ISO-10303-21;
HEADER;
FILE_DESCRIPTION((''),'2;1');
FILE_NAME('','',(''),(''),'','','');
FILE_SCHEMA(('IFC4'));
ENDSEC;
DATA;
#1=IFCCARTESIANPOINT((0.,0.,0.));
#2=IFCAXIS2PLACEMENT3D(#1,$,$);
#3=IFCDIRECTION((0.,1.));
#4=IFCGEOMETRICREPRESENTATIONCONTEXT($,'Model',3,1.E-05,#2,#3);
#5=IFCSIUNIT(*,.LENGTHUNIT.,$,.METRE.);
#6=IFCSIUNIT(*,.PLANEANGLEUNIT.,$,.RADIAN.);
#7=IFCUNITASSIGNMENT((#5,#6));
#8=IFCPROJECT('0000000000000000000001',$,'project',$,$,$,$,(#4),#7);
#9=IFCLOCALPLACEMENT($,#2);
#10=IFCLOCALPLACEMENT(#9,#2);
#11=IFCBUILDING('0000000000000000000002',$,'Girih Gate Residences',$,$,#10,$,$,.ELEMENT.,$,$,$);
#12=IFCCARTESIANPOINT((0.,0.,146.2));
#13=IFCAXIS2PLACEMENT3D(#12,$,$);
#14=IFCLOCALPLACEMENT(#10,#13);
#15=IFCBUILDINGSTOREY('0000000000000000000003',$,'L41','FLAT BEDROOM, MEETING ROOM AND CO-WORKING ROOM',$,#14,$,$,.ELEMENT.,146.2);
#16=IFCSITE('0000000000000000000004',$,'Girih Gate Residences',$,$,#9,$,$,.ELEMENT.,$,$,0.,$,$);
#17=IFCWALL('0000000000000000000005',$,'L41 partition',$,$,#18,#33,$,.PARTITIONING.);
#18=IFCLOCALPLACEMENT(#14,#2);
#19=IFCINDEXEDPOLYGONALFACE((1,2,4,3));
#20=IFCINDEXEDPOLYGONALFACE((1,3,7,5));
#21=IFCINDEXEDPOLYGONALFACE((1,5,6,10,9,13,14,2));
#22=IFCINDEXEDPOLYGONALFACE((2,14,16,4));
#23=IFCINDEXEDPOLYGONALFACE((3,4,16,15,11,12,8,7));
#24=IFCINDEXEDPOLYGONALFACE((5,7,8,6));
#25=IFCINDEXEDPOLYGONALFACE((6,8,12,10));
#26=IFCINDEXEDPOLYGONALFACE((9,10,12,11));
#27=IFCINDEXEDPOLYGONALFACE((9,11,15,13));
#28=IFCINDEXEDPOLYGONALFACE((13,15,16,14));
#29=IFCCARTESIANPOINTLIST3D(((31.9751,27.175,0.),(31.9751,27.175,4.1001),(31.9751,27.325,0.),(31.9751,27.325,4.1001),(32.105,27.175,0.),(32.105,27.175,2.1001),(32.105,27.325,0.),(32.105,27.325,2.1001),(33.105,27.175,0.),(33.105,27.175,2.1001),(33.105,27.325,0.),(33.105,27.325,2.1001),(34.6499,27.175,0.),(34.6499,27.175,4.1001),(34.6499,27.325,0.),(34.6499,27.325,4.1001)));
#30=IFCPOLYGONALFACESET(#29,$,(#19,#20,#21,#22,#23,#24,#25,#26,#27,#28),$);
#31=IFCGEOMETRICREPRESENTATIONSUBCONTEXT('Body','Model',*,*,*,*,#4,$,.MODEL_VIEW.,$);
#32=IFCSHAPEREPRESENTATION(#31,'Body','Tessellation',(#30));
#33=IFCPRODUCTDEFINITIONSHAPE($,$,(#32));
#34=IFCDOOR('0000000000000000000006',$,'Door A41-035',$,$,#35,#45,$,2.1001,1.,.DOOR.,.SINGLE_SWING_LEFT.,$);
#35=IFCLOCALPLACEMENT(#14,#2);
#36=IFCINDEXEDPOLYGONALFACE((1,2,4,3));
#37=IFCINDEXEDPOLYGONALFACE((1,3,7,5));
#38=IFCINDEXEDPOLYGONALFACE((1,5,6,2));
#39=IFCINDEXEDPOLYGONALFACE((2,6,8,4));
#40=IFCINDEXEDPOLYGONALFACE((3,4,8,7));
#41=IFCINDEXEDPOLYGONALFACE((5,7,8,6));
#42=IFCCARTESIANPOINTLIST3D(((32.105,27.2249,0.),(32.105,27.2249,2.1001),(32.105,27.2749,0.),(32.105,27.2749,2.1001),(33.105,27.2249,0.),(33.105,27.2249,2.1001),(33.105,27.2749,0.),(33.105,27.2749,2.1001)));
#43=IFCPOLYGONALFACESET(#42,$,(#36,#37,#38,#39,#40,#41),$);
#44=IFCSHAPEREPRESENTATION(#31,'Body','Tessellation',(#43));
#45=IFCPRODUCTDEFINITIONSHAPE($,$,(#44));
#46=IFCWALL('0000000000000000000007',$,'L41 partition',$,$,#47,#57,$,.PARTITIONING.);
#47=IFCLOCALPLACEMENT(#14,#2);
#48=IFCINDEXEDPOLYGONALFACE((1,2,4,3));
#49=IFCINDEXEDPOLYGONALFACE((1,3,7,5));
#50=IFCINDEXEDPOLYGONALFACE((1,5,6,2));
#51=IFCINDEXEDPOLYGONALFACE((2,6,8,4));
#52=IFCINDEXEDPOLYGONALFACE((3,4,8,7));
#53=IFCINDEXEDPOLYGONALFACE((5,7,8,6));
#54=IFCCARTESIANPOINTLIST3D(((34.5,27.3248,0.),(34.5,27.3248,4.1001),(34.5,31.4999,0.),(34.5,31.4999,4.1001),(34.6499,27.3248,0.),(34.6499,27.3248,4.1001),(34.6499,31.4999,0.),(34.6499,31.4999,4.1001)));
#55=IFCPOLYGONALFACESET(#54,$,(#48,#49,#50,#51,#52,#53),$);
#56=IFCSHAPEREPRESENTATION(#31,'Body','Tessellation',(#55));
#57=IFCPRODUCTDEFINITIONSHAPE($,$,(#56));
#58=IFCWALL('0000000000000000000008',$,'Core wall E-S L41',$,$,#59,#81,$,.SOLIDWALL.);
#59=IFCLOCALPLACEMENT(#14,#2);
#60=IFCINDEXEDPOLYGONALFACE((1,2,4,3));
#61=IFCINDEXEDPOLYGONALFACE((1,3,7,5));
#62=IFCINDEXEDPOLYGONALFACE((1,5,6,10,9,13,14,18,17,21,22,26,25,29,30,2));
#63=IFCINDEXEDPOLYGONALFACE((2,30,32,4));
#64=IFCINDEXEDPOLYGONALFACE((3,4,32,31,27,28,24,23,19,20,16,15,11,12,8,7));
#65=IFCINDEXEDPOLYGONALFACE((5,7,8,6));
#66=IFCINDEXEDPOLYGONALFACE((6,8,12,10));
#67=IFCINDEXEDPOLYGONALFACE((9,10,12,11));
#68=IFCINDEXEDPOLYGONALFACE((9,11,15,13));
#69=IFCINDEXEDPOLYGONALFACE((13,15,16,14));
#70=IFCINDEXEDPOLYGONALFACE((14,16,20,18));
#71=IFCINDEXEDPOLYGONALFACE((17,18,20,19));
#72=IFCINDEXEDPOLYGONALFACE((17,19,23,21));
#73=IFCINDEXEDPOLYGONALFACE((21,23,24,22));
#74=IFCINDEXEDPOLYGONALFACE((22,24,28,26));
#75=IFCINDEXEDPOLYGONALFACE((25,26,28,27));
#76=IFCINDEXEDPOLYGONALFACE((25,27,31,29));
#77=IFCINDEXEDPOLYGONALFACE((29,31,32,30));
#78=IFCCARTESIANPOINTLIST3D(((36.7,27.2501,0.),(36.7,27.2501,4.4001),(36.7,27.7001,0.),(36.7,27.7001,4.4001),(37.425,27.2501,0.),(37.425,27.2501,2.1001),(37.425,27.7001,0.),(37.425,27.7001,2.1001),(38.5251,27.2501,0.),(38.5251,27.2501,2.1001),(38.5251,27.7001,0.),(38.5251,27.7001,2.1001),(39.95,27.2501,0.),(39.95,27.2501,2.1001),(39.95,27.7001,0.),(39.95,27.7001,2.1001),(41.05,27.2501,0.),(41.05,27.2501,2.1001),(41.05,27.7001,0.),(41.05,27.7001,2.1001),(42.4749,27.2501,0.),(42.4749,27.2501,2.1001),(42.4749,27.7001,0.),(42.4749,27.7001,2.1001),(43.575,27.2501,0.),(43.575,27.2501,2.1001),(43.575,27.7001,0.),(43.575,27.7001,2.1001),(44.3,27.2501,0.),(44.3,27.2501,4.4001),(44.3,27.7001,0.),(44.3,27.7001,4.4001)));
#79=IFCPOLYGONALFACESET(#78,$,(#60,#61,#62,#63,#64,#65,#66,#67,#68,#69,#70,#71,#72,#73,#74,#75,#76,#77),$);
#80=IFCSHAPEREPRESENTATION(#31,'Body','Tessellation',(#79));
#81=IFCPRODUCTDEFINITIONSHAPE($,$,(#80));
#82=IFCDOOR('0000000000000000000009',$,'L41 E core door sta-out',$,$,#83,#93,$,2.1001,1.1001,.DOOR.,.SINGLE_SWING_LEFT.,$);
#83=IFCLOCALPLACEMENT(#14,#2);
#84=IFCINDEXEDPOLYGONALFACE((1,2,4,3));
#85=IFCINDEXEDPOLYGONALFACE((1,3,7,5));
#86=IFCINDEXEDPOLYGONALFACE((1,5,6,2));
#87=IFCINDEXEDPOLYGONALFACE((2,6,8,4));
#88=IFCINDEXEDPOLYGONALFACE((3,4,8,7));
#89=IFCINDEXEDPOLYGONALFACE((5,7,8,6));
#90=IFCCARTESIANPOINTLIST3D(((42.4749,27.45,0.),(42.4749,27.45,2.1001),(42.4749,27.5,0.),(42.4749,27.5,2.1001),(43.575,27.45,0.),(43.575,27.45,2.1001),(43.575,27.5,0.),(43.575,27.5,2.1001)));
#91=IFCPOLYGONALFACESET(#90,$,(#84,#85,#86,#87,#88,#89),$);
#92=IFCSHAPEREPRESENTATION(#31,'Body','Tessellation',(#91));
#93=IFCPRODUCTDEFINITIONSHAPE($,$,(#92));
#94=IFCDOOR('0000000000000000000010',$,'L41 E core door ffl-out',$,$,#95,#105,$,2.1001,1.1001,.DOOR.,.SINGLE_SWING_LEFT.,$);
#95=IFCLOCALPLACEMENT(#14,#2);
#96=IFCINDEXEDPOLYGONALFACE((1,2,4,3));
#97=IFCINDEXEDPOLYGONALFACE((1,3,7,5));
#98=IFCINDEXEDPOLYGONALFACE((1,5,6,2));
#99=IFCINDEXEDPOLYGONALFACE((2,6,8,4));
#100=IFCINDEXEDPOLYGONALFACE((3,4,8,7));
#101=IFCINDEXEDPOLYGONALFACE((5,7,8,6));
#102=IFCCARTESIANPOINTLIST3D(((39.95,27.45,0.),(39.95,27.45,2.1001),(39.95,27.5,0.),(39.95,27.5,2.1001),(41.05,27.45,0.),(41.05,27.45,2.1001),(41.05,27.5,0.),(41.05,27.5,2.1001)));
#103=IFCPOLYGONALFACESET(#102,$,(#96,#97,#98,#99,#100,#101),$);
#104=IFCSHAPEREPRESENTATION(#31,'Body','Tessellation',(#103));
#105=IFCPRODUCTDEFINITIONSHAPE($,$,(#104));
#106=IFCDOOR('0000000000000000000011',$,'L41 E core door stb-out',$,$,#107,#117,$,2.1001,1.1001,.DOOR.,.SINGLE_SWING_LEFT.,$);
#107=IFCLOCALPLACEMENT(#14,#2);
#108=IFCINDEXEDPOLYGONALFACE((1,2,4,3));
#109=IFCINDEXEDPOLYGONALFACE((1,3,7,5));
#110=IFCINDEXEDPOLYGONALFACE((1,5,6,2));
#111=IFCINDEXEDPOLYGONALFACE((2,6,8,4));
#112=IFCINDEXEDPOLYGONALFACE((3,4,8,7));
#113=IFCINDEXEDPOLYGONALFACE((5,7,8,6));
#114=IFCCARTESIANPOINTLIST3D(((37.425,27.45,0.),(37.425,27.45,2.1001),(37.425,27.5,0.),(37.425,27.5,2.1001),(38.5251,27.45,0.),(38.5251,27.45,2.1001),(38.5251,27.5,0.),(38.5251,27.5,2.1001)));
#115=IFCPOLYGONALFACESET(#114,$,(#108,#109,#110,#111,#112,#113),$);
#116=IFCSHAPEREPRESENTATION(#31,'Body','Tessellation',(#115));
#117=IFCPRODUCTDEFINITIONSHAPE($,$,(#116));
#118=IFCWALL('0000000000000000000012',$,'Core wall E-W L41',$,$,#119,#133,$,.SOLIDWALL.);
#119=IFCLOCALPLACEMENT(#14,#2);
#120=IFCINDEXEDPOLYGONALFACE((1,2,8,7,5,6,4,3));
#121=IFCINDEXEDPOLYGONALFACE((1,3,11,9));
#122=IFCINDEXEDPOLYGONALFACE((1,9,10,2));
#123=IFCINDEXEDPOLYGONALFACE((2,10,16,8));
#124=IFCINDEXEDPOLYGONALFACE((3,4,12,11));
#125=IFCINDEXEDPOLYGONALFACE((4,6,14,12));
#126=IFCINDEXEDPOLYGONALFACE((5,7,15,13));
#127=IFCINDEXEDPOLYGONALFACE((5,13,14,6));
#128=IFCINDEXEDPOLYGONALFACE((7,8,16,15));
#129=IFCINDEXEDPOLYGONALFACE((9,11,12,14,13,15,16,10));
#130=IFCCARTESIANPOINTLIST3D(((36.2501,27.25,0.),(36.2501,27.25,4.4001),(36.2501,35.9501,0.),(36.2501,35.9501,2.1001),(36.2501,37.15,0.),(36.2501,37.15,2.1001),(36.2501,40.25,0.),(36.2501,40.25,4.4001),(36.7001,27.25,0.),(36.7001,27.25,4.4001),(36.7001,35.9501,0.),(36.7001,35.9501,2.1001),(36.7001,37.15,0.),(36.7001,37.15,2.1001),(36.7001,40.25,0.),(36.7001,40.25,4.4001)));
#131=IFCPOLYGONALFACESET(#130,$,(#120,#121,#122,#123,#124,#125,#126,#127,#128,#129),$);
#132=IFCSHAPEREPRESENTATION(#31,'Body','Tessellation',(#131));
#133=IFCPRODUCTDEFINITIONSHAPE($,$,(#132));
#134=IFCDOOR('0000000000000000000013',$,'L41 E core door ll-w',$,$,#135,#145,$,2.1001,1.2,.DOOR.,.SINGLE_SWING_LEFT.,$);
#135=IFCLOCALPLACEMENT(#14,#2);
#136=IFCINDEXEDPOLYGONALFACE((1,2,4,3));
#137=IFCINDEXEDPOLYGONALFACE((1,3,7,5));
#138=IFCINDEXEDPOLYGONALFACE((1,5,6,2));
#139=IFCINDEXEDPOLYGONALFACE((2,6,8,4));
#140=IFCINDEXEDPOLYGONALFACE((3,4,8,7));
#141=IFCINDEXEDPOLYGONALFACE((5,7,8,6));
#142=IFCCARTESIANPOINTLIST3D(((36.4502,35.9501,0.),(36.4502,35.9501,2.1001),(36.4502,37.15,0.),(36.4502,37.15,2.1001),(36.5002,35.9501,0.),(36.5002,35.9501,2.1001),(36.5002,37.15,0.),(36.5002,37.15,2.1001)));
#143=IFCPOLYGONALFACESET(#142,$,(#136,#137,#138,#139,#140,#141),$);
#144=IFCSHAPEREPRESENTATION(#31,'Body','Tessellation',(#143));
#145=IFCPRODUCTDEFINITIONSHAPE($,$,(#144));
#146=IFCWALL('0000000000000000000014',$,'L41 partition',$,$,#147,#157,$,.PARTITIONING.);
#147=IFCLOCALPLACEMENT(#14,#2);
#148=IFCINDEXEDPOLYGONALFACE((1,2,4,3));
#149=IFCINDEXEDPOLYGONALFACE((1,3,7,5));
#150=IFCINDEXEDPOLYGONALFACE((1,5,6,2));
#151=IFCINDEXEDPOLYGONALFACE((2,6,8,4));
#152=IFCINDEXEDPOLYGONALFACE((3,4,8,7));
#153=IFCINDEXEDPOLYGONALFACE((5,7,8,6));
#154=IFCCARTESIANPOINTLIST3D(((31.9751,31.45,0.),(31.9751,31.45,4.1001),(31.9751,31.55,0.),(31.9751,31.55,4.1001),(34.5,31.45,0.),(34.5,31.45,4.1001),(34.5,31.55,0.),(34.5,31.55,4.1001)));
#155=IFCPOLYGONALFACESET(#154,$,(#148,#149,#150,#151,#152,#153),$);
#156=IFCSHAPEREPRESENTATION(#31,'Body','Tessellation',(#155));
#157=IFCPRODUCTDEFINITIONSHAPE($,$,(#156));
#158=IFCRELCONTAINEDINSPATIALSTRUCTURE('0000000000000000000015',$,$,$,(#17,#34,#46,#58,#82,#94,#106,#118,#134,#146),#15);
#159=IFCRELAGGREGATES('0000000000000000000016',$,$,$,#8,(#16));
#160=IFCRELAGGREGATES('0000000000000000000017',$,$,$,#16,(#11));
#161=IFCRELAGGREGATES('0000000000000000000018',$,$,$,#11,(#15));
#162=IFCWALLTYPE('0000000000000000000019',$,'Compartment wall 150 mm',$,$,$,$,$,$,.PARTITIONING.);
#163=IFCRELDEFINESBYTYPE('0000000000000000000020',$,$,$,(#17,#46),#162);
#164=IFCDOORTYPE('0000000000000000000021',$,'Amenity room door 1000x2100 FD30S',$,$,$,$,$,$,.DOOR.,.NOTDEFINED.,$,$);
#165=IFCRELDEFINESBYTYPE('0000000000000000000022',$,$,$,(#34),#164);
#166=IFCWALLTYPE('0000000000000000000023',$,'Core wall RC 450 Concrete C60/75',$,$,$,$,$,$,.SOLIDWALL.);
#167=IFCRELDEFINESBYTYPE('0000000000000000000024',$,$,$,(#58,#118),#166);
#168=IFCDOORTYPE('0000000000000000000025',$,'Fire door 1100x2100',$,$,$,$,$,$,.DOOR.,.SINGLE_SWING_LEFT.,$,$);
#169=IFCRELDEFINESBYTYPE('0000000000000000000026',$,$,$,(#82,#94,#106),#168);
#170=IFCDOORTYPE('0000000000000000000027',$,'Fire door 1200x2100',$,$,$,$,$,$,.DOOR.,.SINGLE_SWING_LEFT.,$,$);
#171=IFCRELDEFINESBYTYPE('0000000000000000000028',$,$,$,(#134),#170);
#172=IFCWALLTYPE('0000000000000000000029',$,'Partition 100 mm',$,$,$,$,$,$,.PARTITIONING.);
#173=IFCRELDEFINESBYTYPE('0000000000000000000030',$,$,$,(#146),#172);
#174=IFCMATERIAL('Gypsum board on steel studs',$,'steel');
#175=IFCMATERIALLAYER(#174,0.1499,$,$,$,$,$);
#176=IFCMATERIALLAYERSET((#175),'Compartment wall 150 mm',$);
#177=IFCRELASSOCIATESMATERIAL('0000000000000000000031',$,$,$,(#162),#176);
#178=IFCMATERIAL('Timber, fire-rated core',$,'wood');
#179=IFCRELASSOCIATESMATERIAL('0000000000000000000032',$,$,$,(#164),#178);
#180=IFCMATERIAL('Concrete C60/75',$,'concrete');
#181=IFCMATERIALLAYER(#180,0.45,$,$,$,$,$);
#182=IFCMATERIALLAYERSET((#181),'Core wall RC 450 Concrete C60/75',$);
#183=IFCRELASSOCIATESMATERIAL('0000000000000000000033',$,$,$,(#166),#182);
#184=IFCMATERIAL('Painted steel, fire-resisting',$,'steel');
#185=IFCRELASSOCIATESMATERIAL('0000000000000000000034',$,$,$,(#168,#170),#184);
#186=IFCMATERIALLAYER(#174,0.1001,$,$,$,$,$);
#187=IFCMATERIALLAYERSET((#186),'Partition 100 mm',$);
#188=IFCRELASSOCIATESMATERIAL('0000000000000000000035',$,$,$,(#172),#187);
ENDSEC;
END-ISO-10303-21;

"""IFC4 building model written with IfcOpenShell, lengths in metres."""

from ifc_helpers import new_model, si_unit, direction, frame, frame_2d, origin, place, context, subcontext, project, spatial, rectangle, extrude, material, layer, layer_set, type_object, element, fill, save


model = new_model("IFC4")

# Units and contexts
model_context = context("Model", 3, precision=1e-05, world=origin(), true_north=direction((0.0, 1.0)))
body_context = subcontext(model_context, "Body", "Model", "MODEL_VIEW")
ifc_project = project(units=[si_unit("LENGTHUNIT", "METRE"), si_unit("PLANEANGLEUNIT", "RADIAN")], contexts=[model_context])

# Site, building, storey
site_placement = place(None, origin())
site = spatial("IfcSite", under=ifc_project, at=site_placement, Name="Girih Gate Residences", CompositionType="ELEMENT", RefElevation=0.0)
building_placement = place(site_placement, origin())
building = spatial("IfcBuilding", under=site, at=building_placement, Name="Girih Gate Residences", CompositionType="ELEMENT")
storey_placement = place(building_placement, frame((0.0, 0.0, 146.2)))
storey = spatial("IfcBuildingStorey", under=building, at=storey_placement, Name="L41", Description="FLAT BEDROOM, MEETING ROOM AND CO-WORKING ROOM", CompositionType="ELEMENT", Elevation=146.2)

# Wall, opening, door
ifc_material_1 = material(Name="Gypsum board on steel studs", Category="steel")
ifc_layer_1 = layer(ifc_material_1, 0.1499)
ifc_layer_set_1 = layer_set([ifc_layer_1], Name="Compartment wall 150 mm")
wall_type_1 = type_object("IfcWallType", Name="Compartment wall 150 mm", PredefinedType="PARTITIONING", material=ifc_layer_set_1)
wall_1_placement = place(storey_placement, frame((31.9751, 27.25, 0.0), z_axis=(0.0, 0.0, 1.0), x_axis=(1.0, 0.0, 0.0)))
wall_1 = element("IfcWall", 1, at=wall_1_placement, inside=storey, type_object=wall_type_1, Name="L41 partition", PredefinedType="PARTITIONING", context=body_context, shape_type="SweptSolid", body=[
    extrude(rectangle(XDim=2.6748, YDim=0.1499, at=frame_2d((1.3374, 0.0))), origin(), (0.0, 0.0, 1.0), 4.1001),
])
opening_1_placement = place(wall_1_placement, frame((0.1299, 0.0, 0.0)))
opening_1 = element("IfcOpeningElement", 2, at=opening_1_placement, cuts=wall_1, PredefinedType="OPENING", context=body_context, shape_type="SweptSolid", body=[
    extrude(rectangle(XDim=1.0, YDim=2.1001, at=frame_2d((0.5, 1.05))), frame((0.0, 0.085, 0.0), z_axis=(0.0, -1.0, 0.0), x_axis=(1.0, 0.0, 0.0)), (0.0, 0.0, 1.0), 0.1699),
])
ifc_material_2 = material(Name="Timber, fire-rated core", Category="wood")
door_type_1 = type_object("IfcDoorType", Name="Amenity room door 1000x2100 FD30S", OperationType="NOTDEFINED", PredefinedType="DOOR", material=ifc_material_2)
door_1_placement = place(opening_1_placement, origin())
door_1 = element("IfcDoor", 3, at=door_1_placement, inside=storey, type_object=door_type_1, Name="Door A41-035", OperationType="SINGLE_SWING_LEFT", OverallHeight=2.1001, OverallWidth=1.0, PredefinedType="DOOR", context=body_context, shape_type="SweptSolid", body=[
    extrude(rectangle(XDim=1.0, YDim=2.1001, at=frame_2d((0.5, 1.05))), frame((0.0, 0.0249, 0.0), z_axis=(0.0, -1.0, 0.0), x_axis=(1.0, 0.0, 0.0)), (0.0, 0.0, 1.0), 0.05),
])
fill(opening_1, door_1)

# Wall
wall_2_placement = place(storey_placement, frame((34.575, 27.325, 0.0), z_axis=(0.0, 0.0, 1.0), x_axis=(0.0, 1.0, 0.0)))
element("IfcWall", 4, at=wall_2_placement, inside=storey, type_object=wall_type_1, Name="L41 partition", PredefinedType="PARTITIONING", context=body_context, shape_type="SweptSolid", body=[
    extrude(rectangle(XDim=4.175, YDim=0.1499, at=frame_2d((2.0874, 0.0))), origin(), (0.0, 0.0, 1.0), 4.1001),
])

# Wall, openings, doors
ifc_material_3 = material(Name="Concrete C60/75", Category="concrete")
ifc_layer_2 = layer(ifc_material_3, 0.45)
ifc_layer_set_2 = layer_set([ifc_layer_2], Name="Core wall RC 450 Concrete C60/75")
wall_type_2 = type_object("IfcWallType", Name="Core wall RC 450 Concrete C60/75", PredefinedType="SOLIDWALL", material=ifc_layer_set_2)
wall_3_placement = place(storey_placement, frame((36.7, 27.4751, 0.0), z_axis=(0.0, 0.0, 1.0), x_axis=(1.0, 0.0, 0.0)))
wall_3 = element("IfcWall", 5, at=wall_3_placement, inside=storey, type_object=wall_type_2, Name="Core wall E-S L41", PredefinedType="SOLIDWALL", context=body_context, shape_type="SweptSolid", body=[
    extrude(rectangle(XDim=7.6001, YDim=0.45, at=frame_2d((3.8, 0.0))), origin(), (0.0, 0.0, 1.0), 4.4001),
])
opening_2_placement = place(wall_3_placement, frame((5.7749, 0.0, 0.0)))
opening_2 = element("IfcOpeningElement", 6, at=opening_2_placement, cuts=wall_3, PredefinedType="OPENING", context=body_context, shape_type="SweptSolid", body=[
    extrude(rectangle(XDim=1.1001, YDim=2.1001, at=frame_2d((0.55, 1.05))), frame((0.0, 0.2349, 0.0), z_axis=(0.0, -1.0, 0.0), x_axis=(1.0, 0.0, 0.0)), (0.0, 0.0, 1.0), 0.47),
])
opening_3_placement = place(wall_3_placement, frame((3.25, 0.0, 0.0)))
opening_3 = element("IfcOpeningElement", 7, at=opening_3_placement, cuts=wall_3, PredefinedType="OPENING", context=body_context, shape_type="SweptSolid", body=[
    extrude(rectangle(XDim=1.1001, YDim=2.1001, at=frame_2d((0.55, 1.05))), frame((0.0, 0.2349, 0.0), z_axis=(0.0, -1.0, 0.0), x_axis=(1.0, 0.0, 0.0)), (0.0, 0.0, 1.0), 0.47),
])
opening_4_placement = place(wall_3_placement, frame((0.7251, 0.0, 0.0)))
opening_4 = element("IfcOpeningElement", 8, at=opening_4_placement, cuts=wall_3, PredefinedType="OPENING", context=body_context, shape_type="SweptSolid", body=[
    extrude(rectangle(XDim=1.1001, YDim=2.1001, at=frame_2d((0.55, 1.05))), frame((0.0, 0.2349, 0.0), z_axis=(0.0, -1.0, 0.0), x_axis=(1.0, 0.0, 0.0)), (0.0, 0.0, 1.0), 0.47),
])
ifc_material_4 = material(Name="Painted steel, fire-resisting", Category="steel")
door_type_2 = type_object("IfcDoorType", Name="Fire door 1100x2100", OperationType="SINGLE_SWING_LEFT", PredefinedType="DOOR", material=ifc_material_4)
door_2_placement = place(opening_2_placement, origin())
door_2 = element("IfcDoor", 9, at=door_2_placement, inside=storey, type_object=door_type_2, Name="L41 E core door sta-out", OperationType="SINGLE_SWING_LEFT", OverallHeight=2.1001, OverallWidth=1.1001, PredefinedType="DOOR", context=body_context, shape_type="SweptSolid", body=[
    extrude(rectangle(XDim=1.1001, YDim=2.1001, at=frame_2d((0.55, 1.05))), frame((0.0, 0.0249, 0.0), z_axis=(0.0, -1.0, 0.0), x_axis=(1.0, 0.0, 0.0)), (0.0, 0.0, 1.0), 0.05),
])
fill(opening_2, door_2)
door_3_placement = place(opening_3_placement, origin())
door_3 = element("IfcDoor", 10, at=door_3_placement, inside=storey, type_object=door_type_2, Name="L41 E core door ffl-out", OperationType="SINGLE_SWING_LEFT", OverallHeight=2.1001, OverallWidth=1.1001, PredefinedType="DOOR", context=body_context, shape_type="SweptSolid", body=[
    extrude(rectangle(XDim=1.1001, YDim=2.1001, at=frame_2d((0.55, 1.05))), frame((0.0, 0.0249, 0.0), z_axis=(0.0, -1.0, 0.0), x_axis=(1.0, 0.0, 0.0)), (0.0, 0.0, 1.0), 0.05),
])
fill(opening_3, door_3)
door_4_placement = place(opening_4_placement, origin())
door_4 = element("IfcDoor", 11, at=door_4_placement, inside=storey, type_object=door_type_2, Name="L41 E core door stb-out", OperationType="SINGLE_SWING_LEFT", OverallHeight=2.1001, OverallWidth=1.1001, PredefinedType="DOOR", context=body_context, shape_type="SweptSolid", body=[
    extrude(rectangle(XDim=1.1001, YDim=2.1001, at=frame_2d((0.55, 1.05))), frame((0.0, 0.0249, 0.0), z_axis=(0.0, -1.0, 0.0), x_axis=(1.0, 0.0, 0.0)), (0.0, 0.0, 1.0), 0.05),
])
fill(opening_4, door_4)

# Wall, opening, door
wall_4_placement = place(storey_placement, frame((36.4751, 27.25, 0.0), z_axis=(0.0, 0.0, 1.0), x_axis=(0.0, 1.0, 0.0)))
wall_4 = element("IfcWall", 12, at=wall_4_placement, inside=storey, type_object=wall_type_2, Name="Core wall E-W L41", PredefinedType="SOLIDWALL", context=body_context, shape_type="SweptSolid", body=[
    extrude(rectangle(XDim=13.0, YDim=0.45, at=frame_2d((6.5, 0.0))), origin(), (0.0, 0.0, 1.0), 4.4001),
])
opening_5_placement = place(wall_4_placement, frame((8.7, 0.0, 0.0)))
opening_5 = element("IfcOpeningElement", 13, at=opening_5_placement, cuts=wall_4, PredefinedType="OPENING", context=body_context, shape_type="SweptSolid", body=[
    extrude(rectangle(XDim=1.2, YDim=2.1001, at=frame_2d((0.6001, 1.05))), frame((0.0, 0.2349, 0.0), z_axis=(0.0, -1.0, 0.0), x_axis=(1.0, 0.0, 0.0)), (0.0, 0.0, 1.0), 0.47),
])
door_type_3 = type_object("IfcDoorType", Name="Fire door 1200x2100", OperationType="SINGLE_SWING_LEFT", PredefinedType="DOOR", material=ifc_material_4)
door_5_placement = place(opening_5_placement, origin())
door_5 = element("IfcDoor", 14, at=door_5_placement, inside=storey, type_object=door_type_3, Name="L41 E core door ll-w", OperationType="SINGLE_SWING_LEFT", OverallHeight=2.1001, OverallWidth=1.2, PredefinedType="DOOR", context=body_context, shape_type="SweptSolid", body=[
    extrude(rectangle(XDim=1.2, YDim=2.1001, at=frame_2d((0.6001, 1.05))), frame((0.0, 0.0249, 0.0), z_axis=(0.0, -1.0, 0.0), x_axis=(1.0, 0.0, 0.0)), (0.0, 0.0, 1.0), 0.05),
])
fill(opening_5, door_5)

# Wall
ifc_layer_3 = layer(ifc_material_1, 0.1001)
ifc_layer_set_3 = layer_set([ifc_layer_3], Name="Partition 100 mm")
wall_type_3 = type_object("IfcWallType", Name="Partition 100 mm", PredefinedType="PARTITIONING", material=ifc_layer_set_3)
wall_5_placement = place(storey_placement, frame((31.9751, 31.5, 0.0), z_axis=(0.0, 0.0, 1.0), x_axis=(1.0, 0.0, 0.0)))
element("IfcWall", 15, at=wall_5_placement, inside=storey, type_object=wall_type_3, Name="L41 partition", PredefinedType="PARTITIONING", context=body_context, shape_type="SweptSolid", body=[
    extrude(rectangle(XDim=2.5249, YDim=0.1001, at=frame_2d((1.2625, 0.0))), origin(), (0.0, 0.0, 1.0), 4.1001),
])

save(model, "model.ifc")
